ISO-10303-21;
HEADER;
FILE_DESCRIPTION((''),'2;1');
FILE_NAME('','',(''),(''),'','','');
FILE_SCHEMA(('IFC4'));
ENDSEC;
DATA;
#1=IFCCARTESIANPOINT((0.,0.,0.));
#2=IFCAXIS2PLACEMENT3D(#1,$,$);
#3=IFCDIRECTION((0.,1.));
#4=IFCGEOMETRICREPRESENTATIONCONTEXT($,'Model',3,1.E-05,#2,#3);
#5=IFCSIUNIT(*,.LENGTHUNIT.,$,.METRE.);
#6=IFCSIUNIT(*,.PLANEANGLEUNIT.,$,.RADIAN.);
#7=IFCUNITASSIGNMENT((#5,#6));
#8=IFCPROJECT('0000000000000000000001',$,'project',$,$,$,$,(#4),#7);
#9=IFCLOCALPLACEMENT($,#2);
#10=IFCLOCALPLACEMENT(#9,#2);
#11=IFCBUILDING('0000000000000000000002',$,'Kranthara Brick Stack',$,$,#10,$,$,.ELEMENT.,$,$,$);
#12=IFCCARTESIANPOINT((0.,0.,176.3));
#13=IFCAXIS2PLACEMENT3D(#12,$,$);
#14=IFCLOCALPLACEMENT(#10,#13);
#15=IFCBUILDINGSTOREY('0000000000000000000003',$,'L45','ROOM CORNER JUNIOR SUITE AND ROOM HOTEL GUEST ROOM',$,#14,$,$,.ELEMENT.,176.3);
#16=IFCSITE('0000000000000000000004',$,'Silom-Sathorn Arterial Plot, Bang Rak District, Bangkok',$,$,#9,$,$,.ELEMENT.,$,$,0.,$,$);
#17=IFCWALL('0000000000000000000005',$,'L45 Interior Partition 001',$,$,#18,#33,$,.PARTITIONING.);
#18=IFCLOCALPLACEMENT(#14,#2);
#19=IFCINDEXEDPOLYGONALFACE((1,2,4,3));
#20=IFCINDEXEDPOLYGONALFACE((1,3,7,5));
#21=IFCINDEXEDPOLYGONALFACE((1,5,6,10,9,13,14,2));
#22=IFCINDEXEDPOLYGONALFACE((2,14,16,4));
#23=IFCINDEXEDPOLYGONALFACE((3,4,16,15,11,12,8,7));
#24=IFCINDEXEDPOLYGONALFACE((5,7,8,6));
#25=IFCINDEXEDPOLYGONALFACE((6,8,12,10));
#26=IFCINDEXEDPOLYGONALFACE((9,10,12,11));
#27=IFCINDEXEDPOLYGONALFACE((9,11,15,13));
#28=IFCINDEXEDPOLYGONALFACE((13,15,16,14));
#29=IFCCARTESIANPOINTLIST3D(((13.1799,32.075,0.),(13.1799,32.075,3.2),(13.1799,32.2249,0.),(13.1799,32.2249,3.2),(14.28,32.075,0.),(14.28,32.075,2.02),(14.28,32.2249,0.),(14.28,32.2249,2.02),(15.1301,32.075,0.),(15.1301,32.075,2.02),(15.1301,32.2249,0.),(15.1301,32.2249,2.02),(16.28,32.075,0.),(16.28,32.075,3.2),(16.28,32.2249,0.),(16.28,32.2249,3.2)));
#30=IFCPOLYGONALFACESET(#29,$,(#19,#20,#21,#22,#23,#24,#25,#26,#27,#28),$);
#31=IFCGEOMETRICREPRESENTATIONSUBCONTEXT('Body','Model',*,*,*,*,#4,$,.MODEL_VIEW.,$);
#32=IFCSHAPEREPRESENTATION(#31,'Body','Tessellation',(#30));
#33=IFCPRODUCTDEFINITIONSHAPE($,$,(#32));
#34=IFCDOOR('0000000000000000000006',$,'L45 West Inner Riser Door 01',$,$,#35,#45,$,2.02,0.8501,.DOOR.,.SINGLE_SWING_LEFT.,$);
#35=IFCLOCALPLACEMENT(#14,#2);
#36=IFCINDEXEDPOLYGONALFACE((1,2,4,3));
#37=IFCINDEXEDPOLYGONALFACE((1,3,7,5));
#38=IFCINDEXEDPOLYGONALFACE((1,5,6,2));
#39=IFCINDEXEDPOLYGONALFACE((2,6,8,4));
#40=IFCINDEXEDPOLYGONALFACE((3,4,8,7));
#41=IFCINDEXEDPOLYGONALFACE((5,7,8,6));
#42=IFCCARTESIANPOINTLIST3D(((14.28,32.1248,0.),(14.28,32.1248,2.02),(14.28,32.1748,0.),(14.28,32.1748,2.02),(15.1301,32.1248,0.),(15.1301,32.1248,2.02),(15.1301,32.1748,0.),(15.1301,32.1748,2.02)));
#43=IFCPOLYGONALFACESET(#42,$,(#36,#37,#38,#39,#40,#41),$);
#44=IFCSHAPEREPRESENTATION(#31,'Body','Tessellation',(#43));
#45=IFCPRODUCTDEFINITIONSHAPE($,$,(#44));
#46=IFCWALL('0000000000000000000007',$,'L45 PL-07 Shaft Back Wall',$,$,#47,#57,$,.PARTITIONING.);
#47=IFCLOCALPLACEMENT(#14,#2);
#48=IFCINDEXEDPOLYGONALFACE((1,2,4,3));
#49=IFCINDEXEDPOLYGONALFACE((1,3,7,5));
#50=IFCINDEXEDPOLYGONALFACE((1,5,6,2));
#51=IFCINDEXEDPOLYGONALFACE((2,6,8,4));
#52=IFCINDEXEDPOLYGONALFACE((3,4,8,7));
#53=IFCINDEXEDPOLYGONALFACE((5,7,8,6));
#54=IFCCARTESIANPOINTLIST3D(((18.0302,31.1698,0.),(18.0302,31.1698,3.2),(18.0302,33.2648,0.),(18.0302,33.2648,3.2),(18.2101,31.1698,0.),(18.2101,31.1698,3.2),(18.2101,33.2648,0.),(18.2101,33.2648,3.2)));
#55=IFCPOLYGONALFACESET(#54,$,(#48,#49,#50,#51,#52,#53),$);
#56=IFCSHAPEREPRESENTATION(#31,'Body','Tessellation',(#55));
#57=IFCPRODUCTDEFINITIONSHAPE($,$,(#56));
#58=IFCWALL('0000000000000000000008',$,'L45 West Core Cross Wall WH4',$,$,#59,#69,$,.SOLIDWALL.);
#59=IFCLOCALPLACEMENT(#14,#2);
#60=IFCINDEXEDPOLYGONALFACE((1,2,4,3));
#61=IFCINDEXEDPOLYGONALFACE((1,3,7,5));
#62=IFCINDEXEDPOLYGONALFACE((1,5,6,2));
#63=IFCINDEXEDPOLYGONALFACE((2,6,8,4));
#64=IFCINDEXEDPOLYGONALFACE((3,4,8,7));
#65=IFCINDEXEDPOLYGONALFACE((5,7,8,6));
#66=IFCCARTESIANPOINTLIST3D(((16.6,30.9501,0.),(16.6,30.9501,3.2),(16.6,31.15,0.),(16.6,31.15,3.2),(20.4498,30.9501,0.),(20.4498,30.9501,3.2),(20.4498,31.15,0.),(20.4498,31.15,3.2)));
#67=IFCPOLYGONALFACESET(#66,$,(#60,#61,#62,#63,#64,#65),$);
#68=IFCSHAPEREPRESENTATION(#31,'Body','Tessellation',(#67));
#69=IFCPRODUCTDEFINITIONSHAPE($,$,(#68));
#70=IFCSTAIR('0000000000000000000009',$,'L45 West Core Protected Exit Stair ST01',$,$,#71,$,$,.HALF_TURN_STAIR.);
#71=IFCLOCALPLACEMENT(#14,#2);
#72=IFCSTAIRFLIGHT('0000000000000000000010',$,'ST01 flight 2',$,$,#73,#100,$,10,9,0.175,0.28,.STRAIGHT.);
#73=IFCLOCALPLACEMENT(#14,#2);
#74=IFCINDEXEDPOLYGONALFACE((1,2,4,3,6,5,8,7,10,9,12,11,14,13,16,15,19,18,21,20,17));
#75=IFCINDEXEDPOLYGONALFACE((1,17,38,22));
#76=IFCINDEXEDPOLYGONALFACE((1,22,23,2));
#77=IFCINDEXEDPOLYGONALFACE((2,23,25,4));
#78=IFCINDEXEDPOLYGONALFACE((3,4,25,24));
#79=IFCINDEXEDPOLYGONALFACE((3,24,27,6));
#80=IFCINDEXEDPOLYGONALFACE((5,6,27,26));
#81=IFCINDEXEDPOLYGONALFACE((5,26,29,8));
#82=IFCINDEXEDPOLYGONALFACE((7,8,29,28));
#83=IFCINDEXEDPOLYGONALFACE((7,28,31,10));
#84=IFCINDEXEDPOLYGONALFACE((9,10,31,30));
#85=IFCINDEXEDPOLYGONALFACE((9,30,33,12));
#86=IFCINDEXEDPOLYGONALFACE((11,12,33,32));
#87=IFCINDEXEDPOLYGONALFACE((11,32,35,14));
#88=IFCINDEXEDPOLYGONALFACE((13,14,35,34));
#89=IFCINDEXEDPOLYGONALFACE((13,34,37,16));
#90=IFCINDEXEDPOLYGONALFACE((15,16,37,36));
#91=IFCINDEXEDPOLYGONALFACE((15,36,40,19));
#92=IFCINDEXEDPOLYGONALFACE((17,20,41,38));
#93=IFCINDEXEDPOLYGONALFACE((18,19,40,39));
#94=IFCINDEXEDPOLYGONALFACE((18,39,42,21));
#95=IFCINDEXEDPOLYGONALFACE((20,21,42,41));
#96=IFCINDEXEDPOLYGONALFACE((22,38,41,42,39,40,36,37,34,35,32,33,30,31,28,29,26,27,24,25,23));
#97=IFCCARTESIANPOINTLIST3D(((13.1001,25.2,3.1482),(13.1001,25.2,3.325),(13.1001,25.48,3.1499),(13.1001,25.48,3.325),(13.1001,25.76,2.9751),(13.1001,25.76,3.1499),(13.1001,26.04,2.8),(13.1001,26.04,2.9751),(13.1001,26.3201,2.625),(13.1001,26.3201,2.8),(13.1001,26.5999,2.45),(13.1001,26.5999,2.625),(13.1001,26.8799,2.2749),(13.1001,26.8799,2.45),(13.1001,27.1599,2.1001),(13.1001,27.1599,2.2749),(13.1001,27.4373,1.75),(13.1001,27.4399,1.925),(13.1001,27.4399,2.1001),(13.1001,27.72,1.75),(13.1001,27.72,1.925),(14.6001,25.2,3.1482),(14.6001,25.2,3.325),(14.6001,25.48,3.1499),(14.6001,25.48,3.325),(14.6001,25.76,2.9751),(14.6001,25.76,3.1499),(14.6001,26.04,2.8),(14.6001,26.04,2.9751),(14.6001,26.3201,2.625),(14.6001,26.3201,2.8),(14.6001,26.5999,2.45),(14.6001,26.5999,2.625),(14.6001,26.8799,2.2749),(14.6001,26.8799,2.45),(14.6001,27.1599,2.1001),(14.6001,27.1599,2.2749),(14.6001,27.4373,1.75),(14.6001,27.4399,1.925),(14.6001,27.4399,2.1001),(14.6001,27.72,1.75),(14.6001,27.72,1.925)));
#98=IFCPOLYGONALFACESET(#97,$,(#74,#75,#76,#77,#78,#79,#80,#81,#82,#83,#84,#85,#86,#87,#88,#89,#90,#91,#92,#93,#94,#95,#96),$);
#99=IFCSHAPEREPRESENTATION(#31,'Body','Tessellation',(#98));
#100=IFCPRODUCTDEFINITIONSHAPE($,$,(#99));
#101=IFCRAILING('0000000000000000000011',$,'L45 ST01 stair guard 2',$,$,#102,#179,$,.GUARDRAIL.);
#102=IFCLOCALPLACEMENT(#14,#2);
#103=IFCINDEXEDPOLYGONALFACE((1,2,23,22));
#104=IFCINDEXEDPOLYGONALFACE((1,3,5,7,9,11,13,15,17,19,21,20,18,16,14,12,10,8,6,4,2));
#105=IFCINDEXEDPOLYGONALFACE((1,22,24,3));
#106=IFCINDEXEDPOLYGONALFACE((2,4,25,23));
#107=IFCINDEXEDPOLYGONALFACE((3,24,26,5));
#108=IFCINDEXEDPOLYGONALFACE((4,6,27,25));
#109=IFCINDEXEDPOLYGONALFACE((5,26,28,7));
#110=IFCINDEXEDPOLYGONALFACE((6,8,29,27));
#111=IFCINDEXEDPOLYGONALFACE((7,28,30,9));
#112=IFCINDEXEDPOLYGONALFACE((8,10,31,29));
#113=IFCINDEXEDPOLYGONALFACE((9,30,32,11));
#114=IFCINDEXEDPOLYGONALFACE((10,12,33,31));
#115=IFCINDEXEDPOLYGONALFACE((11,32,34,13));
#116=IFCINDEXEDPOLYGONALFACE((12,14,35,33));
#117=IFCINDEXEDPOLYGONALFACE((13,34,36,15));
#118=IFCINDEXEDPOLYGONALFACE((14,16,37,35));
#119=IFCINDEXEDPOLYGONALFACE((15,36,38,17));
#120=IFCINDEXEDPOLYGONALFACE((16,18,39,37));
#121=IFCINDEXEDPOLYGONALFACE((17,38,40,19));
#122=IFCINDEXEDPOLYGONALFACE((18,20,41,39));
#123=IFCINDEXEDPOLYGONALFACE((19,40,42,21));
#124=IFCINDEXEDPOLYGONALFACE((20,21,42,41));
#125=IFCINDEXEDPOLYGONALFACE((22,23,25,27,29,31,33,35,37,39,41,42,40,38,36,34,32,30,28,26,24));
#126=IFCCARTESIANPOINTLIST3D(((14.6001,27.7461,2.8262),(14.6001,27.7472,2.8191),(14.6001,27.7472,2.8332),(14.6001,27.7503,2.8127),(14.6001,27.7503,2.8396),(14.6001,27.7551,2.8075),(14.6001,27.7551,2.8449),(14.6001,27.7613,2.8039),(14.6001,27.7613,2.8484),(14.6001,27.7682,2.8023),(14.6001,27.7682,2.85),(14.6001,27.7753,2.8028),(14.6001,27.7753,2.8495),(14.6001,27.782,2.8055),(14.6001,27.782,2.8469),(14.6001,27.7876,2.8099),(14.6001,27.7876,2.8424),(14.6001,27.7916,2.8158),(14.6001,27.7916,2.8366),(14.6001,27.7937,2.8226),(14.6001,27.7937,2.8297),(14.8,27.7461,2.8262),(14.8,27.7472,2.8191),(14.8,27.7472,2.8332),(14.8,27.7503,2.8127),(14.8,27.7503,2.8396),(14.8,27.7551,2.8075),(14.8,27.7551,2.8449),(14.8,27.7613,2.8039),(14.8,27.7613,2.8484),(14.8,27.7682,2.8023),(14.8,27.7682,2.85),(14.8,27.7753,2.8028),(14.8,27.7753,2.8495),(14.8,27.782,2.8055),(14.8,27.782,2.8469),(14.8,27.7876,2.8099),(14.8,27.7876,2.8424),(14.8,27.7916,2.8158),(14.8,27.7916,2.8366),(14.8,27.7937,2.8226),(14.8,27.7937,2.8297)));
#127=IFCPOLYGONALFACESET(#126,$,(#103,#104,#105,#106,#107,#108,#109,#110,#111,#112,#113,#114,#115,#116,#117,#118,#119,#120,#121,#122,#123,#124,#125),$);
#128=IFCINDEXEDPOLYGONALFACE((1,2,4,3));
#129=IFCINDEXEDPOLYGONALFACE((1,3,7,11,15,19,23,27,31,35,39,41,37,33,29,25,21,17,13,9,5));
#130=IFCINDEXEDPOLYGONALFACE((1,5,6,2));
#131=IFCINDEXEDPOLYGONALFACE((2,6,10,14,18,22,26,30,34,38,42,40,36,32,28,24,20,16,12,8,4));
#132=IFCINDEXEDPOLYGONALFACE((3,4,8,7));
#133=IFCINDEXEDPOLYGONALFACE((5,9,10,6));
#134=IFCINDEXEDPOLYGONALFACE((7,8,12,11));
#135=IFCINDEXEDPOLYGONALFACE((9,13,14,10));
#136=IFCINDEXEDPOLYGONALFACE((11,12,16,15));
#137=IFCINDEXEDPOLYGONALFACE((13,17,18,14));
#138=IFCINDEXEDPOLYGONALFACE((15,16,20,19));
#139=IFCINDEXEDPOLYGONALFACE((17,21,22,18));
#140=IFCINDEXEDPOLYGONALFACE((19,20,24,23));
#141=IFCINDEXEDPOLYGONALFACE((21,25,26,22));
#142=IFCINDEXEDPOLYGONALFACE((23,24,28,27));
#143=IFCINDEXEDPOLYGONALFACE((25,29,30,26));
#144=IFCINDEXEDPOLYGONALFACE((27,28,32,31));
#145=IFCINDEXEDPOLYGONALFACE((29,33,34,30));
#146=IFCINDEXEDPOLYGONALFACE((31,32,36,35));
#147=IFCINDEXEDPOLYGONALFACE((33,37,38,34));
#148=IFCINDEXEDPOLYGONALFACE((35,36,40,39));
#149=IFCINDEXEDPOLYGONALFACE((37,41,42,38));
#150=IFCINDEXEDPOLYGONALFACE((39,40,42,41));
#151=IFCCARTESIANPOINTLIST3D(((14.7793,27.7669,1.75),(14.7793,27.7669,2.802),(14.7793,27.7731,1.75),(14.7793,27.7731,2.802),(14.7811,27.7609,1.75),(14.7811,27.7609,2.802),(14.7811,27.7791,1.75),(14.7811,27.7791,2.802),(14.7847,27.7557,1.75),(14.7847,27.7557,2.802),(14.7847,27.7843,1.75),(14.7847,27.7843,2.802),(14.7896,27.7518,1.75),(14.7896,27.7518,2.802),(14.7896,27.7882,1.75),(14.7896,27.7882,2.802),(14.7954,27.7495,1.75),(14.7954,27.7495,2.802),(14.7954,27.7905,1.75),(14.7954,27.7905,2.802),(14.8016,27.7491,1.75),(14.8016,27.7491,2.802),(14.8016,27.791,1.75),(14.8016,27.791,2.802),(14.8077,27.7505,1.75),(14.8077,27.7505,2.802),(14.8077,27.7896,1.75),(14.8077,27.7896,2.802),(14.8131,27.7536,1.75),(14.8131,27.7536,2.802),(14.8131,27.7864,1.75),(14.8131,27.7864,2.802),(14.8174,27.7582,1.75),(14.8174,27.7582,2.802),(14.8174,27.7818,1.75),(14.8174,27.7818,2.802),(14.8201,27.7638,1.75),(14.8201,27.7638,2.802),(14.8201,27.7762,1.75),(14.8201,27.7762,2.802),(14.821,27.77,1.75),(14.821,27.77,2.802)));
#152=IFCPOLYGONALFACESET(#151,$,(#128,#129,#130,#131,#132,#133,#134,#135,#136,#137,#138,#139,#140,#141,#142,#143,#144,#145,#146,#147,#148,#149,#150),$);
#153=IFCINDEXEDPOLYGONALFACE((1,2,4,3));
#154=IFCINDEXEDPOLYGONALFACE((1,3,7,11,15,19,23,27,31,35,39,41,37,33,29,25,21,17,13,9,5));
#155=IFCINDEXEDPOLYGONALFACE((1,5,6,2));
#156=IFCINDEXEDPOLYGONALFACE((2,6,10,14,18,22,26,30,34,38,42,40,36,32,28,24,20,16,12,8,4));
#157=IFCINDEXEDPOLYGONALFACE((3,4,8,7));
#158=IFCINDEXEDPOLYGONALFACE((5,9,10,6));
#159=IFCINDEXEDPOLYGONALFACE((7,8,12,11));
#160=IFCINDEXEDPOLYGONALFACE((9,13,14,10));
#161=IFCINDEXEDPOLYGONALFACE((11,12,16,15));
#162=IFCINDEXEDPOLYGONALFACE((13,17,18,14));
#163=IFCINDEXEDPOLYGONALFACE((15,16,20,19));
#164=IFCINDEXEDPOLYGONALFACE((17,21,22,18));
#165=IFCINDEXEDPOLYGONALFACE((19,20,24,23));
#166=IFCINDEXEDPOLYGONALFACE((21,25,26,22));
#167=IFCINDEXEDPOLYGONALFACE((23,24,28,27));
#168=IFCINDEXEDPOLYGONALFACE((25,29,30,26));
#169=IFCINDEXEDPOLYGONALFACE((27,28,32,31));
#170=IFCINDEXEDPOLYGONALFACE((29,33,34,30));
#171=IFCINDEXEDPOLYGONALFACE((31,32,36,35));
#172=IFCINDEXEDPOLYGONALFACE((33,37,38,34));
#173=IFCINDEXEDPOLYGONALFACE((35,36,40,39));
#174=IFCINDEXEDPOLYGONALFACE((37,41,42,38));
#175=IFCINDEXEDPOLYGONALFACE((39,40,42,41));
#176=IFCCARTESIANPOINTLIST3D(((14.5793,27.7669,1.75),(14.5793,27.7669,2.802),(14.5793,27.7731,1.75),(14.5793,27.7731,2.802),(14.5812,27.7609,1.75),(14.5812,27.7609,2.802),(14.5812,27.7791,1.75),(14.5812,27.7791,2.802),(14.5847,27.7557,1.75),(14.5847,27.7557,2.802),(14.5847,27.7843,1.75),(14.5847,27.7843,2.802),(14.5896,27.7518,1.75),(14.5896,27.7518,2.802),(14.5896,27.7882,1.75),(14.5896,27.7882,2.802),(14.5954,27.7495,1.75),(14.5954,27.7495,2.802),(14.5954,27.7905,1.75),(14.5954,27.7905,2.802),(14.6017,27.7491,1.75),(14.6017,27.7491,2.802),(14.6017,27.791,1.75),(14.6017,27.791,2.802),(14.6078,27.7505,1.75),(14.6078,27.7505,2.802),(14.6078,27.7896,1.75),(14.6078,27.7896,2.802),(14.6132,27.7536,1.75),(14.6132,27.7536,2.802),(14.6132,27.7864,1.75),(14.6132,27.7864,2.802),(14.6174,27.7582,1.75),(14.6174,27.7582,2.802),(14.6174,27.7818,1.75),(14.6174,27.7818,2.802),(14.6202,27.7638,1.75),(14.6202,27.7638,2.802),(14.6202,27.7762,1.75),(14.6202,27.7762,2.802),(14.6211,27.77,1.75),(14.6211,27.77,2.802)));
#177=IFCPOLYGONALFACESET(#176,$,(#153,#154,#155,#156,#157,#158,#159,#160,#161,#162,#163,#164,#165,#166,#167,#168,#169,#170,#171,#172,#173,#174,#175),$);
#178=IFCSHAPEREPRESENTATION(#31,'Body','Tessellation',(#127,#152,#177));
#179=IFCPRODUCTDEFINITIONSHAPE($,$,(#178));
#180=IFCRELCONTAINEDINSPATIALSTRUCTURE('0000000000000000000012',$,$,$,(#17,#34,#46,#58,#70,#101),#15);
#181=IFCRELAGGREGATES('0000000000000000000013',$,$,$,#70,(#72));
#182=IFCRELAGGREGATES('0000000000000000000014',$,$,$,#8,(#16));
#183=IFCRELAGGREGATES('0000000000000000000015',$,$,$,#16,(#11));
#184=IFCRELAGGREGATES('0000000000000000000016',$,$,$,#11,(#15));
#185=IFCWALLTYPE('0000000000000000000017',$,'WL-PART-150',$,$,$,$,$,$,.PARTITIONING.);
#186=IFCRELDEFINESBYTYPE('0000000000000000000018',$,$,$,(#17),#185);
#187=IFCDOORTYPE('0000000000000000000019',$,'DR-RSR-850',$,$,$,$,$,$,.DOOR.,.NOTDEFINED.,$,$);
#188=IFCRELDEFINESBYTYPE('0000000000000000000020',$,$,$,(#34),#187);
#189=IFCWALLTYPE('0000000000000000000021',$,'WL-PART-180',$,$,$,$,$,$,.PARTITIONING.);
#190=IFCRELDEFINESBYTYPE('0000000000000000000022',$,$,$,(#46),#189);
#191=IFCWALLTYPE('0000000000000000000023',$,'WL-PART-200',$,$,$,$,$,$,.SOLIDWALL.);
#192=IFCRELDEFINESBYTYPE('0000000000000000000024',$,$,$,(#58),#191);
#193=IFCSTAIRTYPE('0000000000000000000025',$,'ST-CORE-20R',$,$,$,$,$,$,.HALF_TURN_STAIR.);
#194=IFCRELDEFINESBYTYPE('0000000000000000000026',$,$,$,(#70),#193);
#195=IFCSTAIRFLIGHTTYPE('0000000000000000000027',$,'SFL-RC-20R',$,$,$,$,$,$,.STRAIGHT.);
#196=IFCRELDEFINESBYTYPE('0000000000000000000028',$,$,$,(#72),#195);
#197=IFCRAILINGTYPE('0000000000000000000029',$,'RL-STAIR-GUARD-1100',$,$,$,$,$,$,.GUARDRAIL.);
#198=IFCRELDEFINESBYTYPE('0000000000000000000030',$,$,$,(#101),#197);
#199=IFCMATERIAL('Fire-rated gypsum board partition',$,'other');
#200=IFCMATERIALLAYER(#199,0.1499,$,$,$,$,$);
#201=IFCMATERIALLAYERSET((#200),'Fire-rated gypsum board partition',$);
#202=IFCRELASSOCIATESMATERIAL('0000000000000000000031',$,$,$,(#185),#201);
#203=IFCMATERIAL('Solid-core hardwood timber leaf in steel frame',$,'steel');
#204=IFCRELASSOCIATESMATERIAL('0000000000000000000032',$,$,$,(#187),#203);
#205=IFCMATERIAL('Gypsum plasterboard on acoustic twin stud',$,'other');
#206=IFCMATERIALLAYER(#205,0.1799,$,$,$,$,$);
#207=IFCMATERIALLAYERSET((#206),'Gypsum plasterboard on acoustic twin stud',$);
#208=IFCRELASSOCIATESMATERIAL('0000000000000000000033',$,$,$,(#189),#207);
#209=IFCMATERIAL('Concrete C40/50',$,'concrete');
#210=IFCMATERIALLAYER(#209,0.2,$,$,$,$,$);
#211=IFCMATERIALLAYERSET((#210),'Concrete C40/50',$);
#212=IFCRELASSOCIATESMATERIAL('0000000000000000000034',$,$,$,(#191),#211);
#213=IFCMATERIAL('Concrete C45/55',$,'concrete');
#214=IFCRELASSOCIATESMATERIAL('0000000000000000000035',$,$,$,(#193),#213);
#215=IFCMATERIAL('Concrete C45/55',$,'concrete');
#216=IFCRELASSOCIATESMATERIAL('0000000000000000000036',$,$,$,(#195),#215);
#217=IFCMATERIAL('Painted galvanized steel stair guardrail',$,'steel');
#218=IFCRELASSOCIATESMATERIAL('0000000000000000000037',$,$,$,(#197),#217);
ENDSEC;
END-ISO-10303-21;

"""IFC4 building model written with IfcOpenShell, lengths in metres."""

from ifc_helpers import new_model, si_unit, direction, frame, frame_2d, origin, origin_2d, place, context, subcontext, project, spatial, polyline, rectangle, circle, outline, extrude, material, layer, layer_set, type_object, element, fill, aggregate, save


model = new_model("IFC4")

# Units and contexts
model_context = context("Model", 3, precision=1e-05, world=origin(), true_north=direction((0.0, 1.0)))
body_context = subcontext(model_context, "Body", "Model", "MODEL_VIEW")
ifc_project = project(units=[si_unit("LENGTHUNIT", "METRE"), si_unit("PLANEANGLEUNIT", "RADIAN")], contexts=[model_context])

# Site, building, storey
site_placement = place(None, origin())
site = spatial("IfcSite", under=ifc_project, at=site_placement, Name="Silom-Sathorn Arterial Plot, Bang Rak District, Bangkok", CompositionType="ELEMENT", RefElevation=0.0)
building_placement = place(site_placement, origin())
building = spatial("IfcBuilding", under=site, at=building_placement, Name="Kranthara Brick Stack", CompositionType="ELEMENT")
storey_placement = place(building_placement, frame((0.0, 0.0, 176.3)))
storey = spatial("IfcBuildingStorey", under=building, at=storey_placement, Name="L45", Description="ROOM CORNER JUNIOR SUITE AND ROOM HOTEL GUEST ROOM", CompositionType="ELEMENT", Elevation=176.3)

# Wall, opening, door
ifc_material_1 = material(Name="Fire-rated gypsum board partition", Category="other")
ifc_layer_1 = layer(ifc_material_1, 0.1499)
ifc_layer_set_1 = layer_set([ifc_layer_1], Name="Fire-rated gypsum board partition")
wall_type_1 = type_object("IfcWallType", Name="WL-PART-150", PredefinedType="PARTITIONING", material=ifc_layer_set_1)
wall_1_placement = place(storey_placement, frame((13.1799, 32.1499, 0.0), z_axis=(0.0, 0.0, 1.0), x_axis=(1.0, 0.0, 0.0)))
wall_1 = element("IfcWall", 1, at=wall_1_placement, inside=storey, type_object=wall_type_1, Name="L45 Interior Partition 001", PredefinedType="PARTITIONING", context=body_context, shape_type="SweptSolid", body=[
    extrude(rectangle(XDim=3.1001, YDim=0.1499, at=frame_2d((1.55, 0.0))), origin(), (0.0, 0.0, 1.0), 3.2),
])
opening_placement = place(wall_1_placement, frame((1.1001, 0.0, 0.0)))
opening = element("IfcOpeningElement", 2, at=opening_placement, cuts=wall_1, PredefinedType="OPENING", context=body_context, shape_type="SweptSolid", body=[
    extrude(rectangle(XDim=0.8501, YDim=2.02, at=frame_2d((0.425, 1.01))), frame((0.0, 0.085, 0.0), z_axis=(0.0, -1.0, 0.0), x_axis=(1.0, 0.0, 0.0)), (0.0, 0.0, 1.0), 0.1699),
])
ifc_material_2 = material(Name="Solid-core hardwood timber leaf in steel frame", Category="steel")
door_type = type_object("IfcDoorType", Name="DR-RSR-850", OperationType="NOTDEFINED", PredefinedType="DOOR", material=ifc_material_2)
door_placement = place(opening_placement, origin())
door = element("IfcDoor", 3, at=door_placement, inside=storey, type_object=door_type, Name="L45 West Inner Riser Door 01", OperationType="SINGLE_SWING_LEFT", OverallHeight=2.02, OverallWidth=0.8501, PredefinedType="DOOR", context=body_context, shape_type="SweptSolid", body=[
    extrude(rectangle(XDim=0.8501, YDim=2.02, at=frame_2d((0.425, 1.01))), frame((0.0, 0.0249, 0.0), z_axis=(0.0, -1.0, 0.0), x_axis=(1.0, 0.0, 0.0)), (0.0, 0.0, 1.0), 0.05),
])
fill(opening, door)

# Walls
ifc_material_3 = material(Name="Gypsum plasterboard on acoustic twin stud", Category="other")
ifc_layer_2 = layer(ifc_material_3, 0.1799)
ifc_layer_set_2 = layer_set([ifc_layer_2], Name="Gypsum plasterboard on acoustic twin stud")
wall_type_2 = type_object("IfcWallType", Name="WL-PART-180", PredefinedType="PARTITIONING", material=ifc_layer_set_2)
wall_2_placement = place(storey_placement, frame((18.1201, 31.1699, 0.0), z_axis=(0.0, 0.0, 1.0), x_axis=(0.0, 1.0, 0.0)))
element("IfcWall", 4, at=wall_2_placement, inside=storey, type_object=wall_type_2, Name="L45 PL-07 Shaft Back Wall", PredefinedType="PARTITIONING", context=body_context, shape_type="SweptSolid", body=[
    extrude(rectangle(XDim=2.095, YDim=0.1799, at=frame_2d((1.0474, 0.0))), origin(), (0.0, 0.0, 1.0), 3.2),
])
ifc_material_4 = material(Name="Concrete C40/50", Category="concrete")
ifc_layer_3 = layer(ifc_material_4, 0.2)
ifc_layer_set_3 = layer_set([ifc_layer_3], Name="Concrete C40/50")
wall_type_3 = type_object("IfcWallType", Name="WL-PART-200", PredefinedType="SOLIDWALL", material=ifc_layer_set_3)
wall_3_placement = place(storey_placement, frame((16.6001, 31.05, 0.0), z_axis=(0.0, 0.0, 1.0), x_axis=(1.0, 0.0, 0.0)))
element("IfcWall", 5, at=wall_3_placement, inside=storey, type_object=wall_type_3, Name="L45 West Core Cross Wall WH4", PredefinedType="SOLIDWALL", context=body_context, shape_type="SweptSolid", body=[
    extrude(rectangle(XDim=3.8499, YDim=0.2, at=frame_2d((1.9248, 0.0))), origin(), (0.0, 0.0, 1.0), 3.2),
])

# Stair, stair flight
ifc_material_5 = material(Name="Concrete C45/55", Category="concrete")
stair_type = type_object("IfcStairType", Name="ST-CORE-20R", PredefinedType="HALF_TURN_STAIR", material=ifc_material_5)
stair_placement = place(storey_placement, origin())
stair = element("IfcStair", 6, at=stair_placement, inside=storey, type_object=stair_type, Name="L45 West Core Protected Exit Stair ST01", PredefinedType="HALF_TURN_STAIR")
ifc_material_6 = material(Name="Concrete C45/55", Category="concrete")
stair_flight_type = type_object("IfcStairFlightType", Name="SFL-RC-20R", PredefinedType="STRAIGHT", material=ifc_material_6)
stair_flight_placement = place(storey_placement, frame((13.8501, 27.72, 1.75), z_axis=(0.0, 0.0, 1.0), x_axis=(0.0, -1.0, 0.0)))
stair_flight = element("IfcStairFlight", 7, at=stair_flight_placement, type_object=stair_flight_type, Name="ST01 flight 2", NumberOfRisers=10, NumberOfTreads=9, PredefinedType="STRAIGHT", RiserHeight=0.175, TreadLength=0.28, context=body_context, shape_type="SweptSolid", body=[
    extrude(outline(polyline([(0.0, 0.0), (0.0, 0.175), (0.28, 0.175), (0.28, 0.3501), (0.5601, 0.3501), (0.5601, 0.5249), (0.8401, 0.5249), (0.8401, 0.7), (1.1201, 0.7), (1.1201, 0.875), (1.3999, 0.875), (1.3999, 1.05), (1.6799, 1.05), (1.6799, 1.2251), (1.96, 1.2251), (1.96, 1.3999), (2.24, 1.3999), (2.24, 1.575), (2.52, 1.575), (2.52, 1.75), (2.52, 1.3982), (0.2827, 0.0), (0.0, 0.0)])), frame((0.0, 0.75, 0.0), z_axis=(0.0, -1.0, 0.0), x_axis=(1.0, 0.0, 0.0)), (0.0, 0.0, 1.0), 1.5),
])
aggregate(stair, [stair_flight])

# Railing
ifc_material_7 = material(Name="Painted galvanized steel stair guardrail", Category="steel")
railing_type_1 = type_object("IfcRailingType", Name="RL-STAIR-GUARD-1100", PredefinedType="GUARDRAIL", material=ifc_material_7)
railing_1_placement = place(storey_placement, frame((14.8, 27.77, 1.75)))
element("IfcRailing", 8, at=railing_1_placement, inside=storey, type_object=railing_type_1, Name="L45 ST01 stair guard 2", PredefinedType="GUARDRAIL", context=body_context, shape_type="SweptSolid", body=[
    extrude(circle(Radius=0.0239, at=origin_2d()), frame((0.0, 0.0, 1.0762), z_axis=(-1.0, 0.0, 0.0), x_axis=(0.0, -1.0, 0.0)), (0.0, 0.0, 1.0), 0.2),
    extrude(circle(Radius=0.021, at=origin_2d()), origin(), (0.0, 0.0, 1.0), 1.052),
    extrude(circle(Radius=0.021, at=origin_2d()), frame((-0.2, 0.0, 0.0)), (0.0, 0.0, 1.0), 1.052),
])

save(model, "model.ifc")
